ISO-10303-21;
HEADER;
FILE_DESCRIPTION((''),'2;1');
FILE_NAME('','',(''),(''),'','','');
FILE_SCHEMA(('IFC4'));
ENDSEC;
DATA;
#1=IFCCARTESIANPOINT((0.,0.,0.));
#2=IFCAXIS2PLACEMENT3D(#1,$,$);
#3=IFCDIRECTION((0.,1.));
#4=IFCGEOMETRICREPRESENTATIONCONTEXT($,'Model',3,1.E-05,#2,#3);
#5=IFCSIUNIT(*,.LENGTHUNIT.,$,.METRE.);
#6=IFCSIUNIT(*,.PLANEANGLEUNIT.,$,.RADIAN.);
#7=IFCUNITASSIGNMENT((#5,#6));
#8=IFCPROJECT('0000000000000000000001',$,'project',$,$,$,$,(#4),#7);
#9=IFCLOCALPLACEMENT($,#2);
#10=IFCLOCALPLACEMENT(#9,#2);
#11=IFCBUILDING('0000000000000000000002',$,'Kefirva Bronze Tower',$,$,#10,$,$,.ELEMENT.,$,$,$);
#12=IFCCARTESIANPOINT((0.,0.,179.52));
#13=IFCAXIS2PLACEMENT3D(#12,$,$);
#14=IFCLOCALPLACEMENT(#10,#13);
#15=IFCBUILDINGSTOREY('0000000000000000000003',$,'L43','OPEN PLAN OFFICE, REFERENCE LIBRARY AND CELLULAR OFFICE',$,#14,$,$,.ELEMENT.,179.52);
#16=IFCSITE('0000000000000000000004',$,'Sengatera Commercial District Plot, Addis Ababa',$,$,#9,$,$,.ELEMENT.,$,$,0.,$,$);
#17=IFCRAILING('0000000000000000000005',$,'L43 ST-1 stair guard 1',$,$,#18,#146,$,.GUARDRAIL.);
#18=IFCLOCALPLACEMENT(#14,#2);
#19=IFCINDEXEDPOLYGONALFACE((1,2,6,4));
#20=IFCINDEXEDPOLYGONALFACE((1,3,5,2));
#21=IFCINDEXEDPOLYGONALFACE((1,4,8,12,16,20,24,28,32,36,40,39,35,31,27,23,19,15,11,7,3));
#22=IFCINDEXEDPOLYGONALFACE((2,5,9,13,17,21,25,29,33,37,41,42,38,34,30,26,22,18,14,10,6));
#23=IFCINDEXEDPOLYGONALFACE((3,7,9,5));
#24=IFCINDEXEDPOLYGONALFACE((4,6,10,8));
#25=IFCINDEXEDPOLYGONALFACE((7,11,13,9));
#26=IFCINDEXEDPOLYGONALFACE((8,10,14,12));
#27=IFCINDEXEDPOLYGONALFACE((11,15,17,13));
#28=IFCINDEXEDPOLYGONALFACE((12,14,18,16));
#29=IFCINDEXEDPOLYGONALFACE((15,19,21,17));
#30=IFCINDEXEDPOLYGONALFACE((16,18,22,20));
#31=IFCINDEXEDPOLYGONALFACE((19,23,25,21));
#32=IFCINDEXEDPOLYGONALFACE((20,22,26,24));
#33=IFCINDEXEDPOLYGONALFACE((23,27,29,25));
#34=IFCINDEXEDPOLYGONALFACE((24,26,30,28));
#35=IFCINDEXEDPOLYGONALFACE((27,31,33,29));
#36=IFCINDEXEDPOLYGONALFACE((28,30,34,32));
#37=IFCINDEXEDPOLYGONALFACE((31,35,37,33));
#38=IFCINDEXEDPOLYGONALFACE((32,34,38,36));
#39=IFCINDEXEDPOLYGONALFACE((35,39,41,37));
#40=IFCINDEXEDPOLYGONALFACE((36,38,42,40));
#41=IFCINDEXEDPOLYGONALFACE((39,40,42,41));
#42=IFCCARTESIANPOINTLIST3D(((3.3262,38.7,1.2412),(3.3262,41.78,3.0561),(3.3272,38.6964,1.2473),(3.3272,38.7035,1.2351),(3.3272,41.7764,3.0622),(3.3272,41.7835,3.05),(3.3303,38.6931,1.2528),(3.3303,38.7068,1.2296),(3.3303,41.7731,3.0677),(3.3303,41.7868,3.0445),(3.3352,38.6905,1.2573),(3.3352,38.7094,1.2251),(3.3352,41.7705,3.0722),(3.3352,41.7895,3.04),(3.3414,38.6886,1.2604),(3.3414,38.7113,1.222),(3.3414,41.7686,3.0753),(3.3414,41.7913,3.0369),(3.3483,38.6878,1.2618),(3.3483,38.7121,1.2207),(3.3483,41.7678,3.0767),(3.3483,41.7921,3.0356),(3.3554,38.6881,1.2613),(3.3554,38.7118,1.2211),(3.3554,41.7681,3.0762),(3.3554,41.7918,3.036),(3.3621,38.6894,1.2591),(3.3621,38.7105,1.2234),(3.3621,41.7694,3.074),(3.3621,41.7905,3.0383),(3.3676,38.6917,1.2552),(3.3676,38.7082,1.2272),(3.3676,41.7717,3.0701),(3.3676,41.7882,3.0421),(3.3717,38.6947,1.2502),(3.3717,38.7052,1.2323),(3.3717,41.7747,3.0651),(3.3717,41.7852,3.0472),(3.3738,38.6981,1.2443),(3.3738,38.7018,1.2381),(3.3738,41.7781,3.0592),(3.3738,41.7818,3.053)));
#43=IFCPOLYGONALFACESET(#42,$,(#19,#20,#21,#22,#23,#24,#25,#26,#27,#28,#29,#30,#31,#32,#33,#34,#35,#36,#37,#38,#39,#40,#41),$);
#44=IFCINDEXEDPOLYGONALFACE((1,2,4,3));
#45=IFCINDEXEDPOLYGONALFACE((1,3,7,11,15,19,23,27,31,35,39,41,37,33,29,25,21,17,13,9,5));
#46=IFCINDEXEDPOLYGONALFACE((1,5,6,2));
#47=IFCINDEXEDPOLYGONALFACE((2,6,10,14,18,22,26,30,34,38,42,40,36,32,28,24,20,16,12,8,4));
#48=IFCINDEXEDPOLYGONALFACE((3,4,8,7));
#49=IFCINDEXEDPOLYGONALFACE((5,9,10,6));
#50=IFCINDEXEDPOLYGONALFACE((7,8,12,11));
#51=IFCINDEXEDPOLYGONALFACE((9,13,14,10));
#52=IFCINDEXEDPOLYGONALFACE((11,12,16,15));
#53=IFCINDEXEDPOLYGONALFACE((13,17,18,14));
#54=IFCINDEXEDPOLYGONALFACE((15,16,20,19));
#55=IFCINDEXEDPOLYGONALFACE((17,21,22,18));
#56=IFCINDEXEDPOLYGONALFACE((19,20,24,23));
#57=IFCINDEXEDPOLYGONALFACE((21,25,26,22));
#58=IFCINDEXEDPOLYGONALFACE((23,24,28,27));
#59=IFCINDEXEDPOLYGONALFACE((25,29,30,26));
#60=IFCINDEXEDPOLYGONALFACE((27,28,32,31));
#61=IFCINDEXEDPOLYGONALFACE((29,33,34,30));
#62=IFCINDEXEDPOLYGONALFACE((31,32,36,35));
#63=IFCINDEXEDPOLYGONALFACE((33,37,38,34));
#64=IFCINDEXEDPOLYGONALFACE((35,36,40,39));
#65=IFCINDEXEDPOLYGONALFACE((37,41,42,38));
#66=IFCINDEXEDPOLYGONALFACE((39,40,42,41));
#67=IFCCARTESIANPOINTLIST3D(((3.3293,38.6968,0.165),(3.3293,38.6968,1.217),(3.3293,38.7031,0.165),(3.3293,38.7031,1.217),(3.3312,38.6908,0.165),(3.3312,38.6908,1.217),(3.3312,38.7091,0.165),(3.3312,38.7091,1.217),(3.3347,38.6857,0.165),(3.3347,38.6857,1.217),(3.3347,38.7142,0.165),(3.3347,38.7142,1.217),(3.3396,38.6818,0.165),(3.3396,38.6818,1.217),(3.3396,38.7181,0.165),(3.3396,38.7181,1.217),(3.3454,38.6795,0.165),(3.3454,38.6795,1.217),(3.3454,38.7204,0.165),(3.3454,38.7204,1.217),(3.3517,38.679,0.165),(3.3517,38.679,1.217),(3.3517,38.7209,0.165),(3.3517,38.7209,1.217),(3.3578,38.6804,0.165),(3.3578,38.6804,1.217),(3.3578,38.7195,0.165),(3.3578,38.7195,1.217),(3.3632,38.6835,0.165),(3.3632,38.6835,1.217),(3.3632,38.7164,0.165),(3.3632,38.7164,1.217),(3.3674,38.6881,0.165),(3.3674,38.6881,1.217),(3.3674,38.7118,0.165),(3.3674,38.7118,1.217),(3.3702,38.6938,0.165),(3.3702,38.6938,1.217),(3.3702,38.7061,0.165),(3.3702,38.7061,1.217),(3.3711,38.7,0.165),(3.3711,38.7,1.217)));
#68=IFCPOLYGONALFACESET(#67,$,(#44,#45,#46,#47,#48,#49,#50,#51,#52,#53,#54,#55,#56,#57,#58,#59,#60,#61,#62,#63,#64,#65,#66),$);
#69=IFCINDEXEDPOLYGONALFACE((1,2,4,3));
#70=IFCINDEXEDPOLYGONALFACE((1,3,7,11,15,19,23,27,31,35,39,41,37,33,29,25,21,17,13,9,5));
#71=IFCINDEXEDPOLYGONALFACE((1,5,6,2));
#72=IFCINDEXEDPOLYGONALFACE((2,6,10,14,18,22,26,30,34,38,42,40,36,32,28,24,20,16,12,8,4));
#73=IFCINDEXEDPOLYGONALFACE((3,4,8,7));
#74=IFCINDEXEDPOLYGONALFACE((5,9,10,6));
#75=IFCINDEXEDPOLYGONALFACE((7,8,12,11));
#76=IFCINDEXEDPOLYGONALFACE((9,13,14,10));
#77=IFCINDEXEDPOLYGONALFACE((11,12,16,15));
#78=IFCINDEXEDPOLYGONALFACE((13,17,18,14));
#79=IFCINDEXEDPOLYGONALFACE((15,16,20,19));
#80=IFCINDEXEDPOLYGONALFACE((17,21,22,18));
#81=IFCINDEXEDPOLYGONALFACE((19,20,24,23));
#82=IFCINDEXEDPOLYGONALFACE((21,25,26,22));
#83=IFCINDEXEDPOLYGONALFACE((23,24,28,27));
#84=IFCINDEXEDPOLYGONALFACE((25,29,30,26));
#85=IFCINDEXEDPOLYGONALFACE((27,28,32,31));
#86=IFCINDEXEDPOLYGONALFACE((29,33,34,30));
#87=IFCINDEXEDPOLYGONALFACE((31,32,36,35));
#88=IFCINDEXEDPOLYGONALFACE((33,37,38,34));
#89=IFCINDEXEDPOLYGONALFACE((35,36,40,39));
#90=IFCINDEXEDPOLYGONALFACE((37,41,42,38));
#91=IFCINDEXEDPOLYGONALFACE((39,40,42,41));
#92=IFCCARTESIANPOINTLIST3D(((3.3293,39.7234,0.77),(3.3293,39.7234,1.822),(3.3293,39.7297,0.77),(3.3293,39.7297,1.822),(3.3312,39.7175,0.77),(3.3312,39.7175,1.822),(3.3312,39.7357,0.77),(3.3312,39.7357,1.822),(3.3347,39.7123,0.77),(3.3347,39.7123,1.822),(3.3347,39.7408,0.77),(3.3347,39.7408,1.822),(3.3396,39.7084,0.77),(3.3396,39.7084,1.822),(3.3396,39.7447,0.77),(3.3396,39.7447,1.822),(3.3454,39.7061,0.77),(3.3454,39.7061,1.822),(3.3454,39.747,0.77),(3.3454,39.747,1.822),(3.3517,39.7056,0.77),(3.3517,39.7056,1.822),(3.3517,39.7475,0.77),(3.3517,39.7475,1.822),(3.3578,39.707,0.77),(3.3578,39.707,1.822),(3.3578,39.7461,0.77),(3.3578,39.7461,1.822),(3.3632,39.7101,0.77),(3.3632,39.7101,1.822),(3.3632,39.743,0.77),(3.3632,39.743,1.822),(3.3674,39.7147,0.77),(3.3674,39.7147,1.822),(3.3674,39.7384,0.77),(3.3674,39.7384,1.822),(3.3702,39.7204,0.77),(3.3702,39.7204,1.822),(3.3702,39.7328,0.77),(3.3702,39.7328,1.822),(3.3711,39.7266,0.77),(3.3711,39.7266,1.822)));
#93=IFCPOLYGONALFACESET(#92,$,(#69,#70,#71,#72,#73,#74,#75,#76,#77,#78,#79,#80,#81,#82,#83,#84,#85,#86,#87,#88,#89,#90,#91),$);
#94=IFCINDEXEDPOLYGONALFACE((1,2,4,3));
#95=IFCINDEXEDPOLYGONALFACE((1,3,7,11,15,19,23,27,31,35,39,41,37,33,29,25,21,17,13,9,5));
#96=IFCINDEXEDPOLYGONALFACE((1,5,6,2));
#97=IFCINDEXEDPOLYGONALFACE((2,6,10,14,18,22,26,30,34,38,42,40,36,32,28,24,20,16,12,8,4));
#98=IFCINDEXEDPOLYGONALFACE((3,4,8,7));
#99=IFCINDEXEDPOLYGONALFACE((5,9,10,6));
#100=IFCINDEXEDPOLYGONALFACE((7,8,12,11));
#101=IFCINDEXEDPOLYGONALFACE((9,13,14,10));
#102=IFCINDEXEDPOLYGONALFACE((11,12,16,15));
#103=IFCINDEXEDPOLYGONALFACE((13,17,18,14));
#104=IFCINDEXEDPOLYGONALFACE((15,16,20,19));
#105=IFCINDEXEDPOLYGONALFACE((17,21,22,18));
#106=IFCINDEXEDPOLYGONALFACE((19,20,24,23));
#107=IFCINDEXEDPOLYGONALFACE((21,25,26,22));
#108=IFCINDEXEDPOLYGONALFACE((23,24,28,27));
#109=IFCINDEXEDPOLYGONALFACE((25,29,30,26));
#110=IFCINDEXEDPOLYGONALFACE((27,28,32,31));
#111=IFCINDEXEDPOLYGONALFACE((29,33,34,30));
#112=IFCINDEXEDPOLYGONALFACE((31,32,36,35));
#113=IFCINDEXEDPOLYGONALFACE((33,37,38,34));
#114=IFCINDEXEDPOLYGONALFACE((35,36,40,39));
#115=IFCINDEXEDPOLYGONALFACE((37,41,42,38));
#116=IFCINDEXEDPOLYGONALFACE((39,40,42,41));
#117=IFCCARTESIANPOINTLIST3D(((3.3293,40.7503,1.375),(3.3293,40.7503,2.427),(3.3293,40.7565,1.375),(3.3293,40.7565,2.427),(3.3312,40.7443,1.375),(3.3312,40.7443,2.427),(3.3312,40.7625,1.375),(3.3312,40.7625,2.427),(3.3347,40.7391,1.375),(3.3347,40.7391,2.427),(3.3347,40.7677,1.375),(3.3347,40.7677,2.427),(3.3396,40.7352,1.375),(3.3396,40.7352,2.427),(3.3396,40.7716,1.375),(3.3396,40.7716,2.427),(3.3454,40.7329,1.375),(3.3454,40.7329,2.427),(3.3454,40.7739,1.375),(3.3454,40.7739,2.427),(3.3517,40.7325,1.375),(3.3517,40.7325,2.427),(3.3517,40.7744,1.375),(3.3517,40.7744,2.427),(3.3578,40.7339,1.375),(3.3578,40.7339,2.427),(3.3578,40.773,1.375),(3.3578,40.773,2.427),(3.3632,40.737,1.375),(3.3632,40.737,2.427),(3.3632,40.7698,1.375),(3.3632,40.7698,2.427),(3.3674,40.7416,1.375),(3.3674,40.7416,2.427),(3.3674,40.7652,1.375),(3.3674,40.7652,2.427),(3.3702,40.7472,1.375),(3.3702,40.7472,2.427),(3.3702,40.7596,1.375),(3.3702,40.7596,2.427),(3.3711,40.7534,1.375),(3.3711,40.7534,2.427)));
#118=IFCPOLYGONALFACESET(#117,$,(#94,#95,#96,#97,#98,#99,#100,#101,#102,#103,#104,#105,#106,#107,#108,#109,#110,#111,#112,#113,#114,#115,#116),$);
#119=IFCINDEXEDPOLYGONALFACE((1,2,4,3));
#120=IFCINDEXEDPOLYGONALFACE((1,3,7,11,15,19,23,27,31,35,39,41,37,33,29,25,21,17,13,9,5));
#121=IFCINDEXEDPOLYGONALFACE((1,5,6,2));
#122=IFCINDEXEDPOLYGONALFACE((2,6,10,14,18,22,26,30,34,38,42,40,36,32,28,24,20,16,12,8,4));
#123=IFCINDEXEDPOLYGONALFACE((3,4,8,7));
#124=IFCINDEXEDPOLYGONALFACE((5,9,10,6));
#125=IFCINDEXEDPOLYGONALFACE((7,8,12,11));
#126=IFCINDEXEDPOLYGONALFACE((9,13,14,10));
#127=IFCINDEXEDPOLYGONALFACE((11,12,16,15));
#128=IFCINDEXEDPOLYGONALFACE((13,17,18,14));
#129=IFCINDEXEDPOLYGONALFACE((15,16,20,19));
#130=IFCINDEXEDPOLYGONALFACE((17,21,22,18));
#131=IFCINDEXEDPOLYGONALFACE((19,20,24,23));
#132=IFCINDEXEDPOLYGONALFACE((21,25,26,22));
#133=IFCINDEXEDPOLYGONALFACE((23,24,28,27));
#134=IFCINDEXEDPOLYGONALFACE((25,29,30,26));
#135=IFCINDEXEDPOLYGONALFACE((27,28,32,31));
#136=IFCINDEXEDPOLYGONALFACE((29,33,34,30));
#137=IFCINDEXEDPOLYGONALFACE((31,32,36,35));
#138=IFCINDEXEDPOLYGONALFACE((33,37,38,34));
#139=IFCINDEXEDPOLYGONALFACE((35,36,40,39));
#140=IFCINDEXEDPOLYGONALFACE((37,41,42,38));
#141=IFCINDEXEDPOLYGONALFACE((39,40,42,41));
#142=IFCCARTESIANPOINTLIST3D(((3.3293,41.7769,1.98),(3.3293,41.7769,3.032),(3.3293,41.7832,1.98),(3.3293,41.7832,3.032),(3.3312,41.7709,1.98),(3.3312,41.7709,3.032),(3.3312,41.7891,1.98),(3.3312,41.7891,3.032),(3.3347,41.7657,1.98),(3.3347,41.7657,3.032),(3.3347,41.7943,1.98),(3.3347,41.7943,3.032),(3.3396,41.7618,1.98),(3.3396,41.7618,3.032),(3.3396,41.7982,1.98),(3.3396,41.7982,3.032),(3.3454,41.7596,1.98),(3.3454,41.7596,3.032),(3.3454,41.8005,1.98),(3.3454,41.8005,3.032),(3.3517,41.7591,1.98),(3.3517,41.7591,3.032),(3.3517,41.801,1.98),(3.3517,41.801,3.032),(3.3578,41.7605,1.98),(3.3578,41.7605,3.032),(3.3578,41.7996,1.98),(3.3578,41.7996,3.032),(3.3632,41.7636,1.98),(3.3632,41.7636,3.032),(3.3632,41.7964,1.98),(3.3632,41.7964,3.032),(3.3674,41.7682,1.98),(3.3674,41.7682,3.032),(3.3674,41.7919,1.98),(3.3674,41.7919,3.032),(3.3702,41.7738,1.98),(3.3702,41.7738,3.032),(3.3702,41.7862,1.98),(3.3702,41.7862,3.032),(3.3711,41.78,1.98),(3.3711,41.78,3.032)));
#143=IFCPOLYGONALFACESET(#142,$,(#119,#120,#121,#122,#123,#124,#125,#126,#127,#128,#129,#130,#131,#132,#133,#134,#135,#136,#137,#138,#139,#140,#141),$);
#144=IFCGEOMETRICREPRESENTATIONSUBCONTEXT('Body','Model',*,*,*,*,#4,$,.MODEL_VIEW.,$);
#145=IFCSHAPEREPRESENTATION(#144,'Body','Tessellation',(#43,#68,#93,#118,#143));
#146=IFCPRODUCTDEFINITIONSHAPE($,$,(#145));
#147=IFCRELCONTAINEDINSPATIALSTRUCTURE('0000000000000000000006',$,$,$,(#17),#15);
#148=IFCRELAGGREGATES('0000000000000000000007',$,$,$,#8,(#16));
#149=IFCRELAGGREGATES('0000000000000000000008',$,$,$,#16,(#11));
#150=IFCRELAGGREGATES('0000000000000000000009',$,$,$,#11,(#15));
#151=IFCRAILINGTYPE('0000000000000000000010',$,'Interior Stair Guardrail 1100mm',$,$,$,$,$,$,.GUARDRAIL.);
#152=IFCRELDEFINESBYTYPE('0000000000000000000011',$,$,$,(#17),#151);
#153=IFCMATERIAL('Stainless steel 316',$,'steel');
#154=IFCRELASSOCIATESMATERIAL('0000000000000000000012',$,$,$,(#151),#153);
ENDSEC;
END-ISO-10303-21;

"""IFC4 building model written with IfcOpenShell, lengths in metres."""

from ifc_helpers import new_model, si_unit, direction, frame, origin, origin_2d, place, context, subcontext, project, spatial, circle, extrude, material, type_object, element, save


model = new_model("IFC4")

# Units and contexts
model_context = context("Model", 3, precision=1e-05, world=origin(), true_north=direction((0.0, 1.0)))
body_context = subcontext(model_context, "Body", "Model", "MODEL_VIEW")
ifc_project = project(units=[si_unit("LENGTHUNIT", "METRE"), si_unit("PLANEANGLEUNIT", "RADIAN")], contexts=[model_context])

# Site, building, storey
site_placement = place(None, origin())
site = spatial("IfcSite", under=ifc_project, at=site_placement, Name="Sengatera Commercial District Plot, Addis Ababa", CompositionType="ELEMENT", RefElevation=0.0)
building_placement = place(site_placement, origin())
building = spatial("IfcBuilding", under=site, at=building_placement, Name="Kefirva Bronze Tower", CompositionType="ELEMENT")
storey_placement = place(building_placement, frame((0.0, 0.0, 179.52)))
storey = spatial("IfcBuildingStorey", under=building, at=storey_placement, Name="L43", Description="OPEN PLAN OFFICE, REFERENCE LIBRARY AND CELLULAR OFFICE", CompositionType="ELEMENT", Elevation=179.52)

# Railing
ifc_material_1 = material(Name="Stainless steel 316", Category="steel")
railing_type_1 = type_object("IfcRailingType", Name="Interior Stair Guardrail 1100mm", PredefinedType="GUARDRAIL", material=ifc_material_1)
railing_1_placement = place(storey_placement, frame((3.3501, 38.7, 0.165)))
element("IfcRailing", 1, at=railing_1_placement, inside=storey, type_object=railing_type_1, Name="L43 ST-1 stair guard 1", PredefinedType="GUARDRAIL", context=body_context, shape_type="SweptSolid", body=[
    extrude(circle(Radius=0.0239, at=origin_2d()), frame((0.0, 0.0, 1.0762), z_axis=(0.0, 0.861551, 0.507671), x_axis=(-1.0, 0.0, 0.0)), (0.0, 0.0, 1.0), 3.575),
    extrude(circle(Radius=0.021, at=origin_2d()), origin(), (0.0, 0.0, 1.0), 1.052),
    extrude(circle(Radius=0.021, at=origin_2d()), frame((0.0, 1.0266, 0.605)), (0.0, 0.0, 1.0), 1.052),
    extrude(circle(Radius=0.021, at=origin_2d()), frame((0.0, 2.0535, 1.21)), (0.0, 0.0, 1.0), 1.052),
    extrude(circle(Radius=0.021, at=origin_2d()), frame((0.0, 3.0801, 1.8149)), (0.0, 0.0, 1.0), 1.052),
])

save(model, "model.ifc")
